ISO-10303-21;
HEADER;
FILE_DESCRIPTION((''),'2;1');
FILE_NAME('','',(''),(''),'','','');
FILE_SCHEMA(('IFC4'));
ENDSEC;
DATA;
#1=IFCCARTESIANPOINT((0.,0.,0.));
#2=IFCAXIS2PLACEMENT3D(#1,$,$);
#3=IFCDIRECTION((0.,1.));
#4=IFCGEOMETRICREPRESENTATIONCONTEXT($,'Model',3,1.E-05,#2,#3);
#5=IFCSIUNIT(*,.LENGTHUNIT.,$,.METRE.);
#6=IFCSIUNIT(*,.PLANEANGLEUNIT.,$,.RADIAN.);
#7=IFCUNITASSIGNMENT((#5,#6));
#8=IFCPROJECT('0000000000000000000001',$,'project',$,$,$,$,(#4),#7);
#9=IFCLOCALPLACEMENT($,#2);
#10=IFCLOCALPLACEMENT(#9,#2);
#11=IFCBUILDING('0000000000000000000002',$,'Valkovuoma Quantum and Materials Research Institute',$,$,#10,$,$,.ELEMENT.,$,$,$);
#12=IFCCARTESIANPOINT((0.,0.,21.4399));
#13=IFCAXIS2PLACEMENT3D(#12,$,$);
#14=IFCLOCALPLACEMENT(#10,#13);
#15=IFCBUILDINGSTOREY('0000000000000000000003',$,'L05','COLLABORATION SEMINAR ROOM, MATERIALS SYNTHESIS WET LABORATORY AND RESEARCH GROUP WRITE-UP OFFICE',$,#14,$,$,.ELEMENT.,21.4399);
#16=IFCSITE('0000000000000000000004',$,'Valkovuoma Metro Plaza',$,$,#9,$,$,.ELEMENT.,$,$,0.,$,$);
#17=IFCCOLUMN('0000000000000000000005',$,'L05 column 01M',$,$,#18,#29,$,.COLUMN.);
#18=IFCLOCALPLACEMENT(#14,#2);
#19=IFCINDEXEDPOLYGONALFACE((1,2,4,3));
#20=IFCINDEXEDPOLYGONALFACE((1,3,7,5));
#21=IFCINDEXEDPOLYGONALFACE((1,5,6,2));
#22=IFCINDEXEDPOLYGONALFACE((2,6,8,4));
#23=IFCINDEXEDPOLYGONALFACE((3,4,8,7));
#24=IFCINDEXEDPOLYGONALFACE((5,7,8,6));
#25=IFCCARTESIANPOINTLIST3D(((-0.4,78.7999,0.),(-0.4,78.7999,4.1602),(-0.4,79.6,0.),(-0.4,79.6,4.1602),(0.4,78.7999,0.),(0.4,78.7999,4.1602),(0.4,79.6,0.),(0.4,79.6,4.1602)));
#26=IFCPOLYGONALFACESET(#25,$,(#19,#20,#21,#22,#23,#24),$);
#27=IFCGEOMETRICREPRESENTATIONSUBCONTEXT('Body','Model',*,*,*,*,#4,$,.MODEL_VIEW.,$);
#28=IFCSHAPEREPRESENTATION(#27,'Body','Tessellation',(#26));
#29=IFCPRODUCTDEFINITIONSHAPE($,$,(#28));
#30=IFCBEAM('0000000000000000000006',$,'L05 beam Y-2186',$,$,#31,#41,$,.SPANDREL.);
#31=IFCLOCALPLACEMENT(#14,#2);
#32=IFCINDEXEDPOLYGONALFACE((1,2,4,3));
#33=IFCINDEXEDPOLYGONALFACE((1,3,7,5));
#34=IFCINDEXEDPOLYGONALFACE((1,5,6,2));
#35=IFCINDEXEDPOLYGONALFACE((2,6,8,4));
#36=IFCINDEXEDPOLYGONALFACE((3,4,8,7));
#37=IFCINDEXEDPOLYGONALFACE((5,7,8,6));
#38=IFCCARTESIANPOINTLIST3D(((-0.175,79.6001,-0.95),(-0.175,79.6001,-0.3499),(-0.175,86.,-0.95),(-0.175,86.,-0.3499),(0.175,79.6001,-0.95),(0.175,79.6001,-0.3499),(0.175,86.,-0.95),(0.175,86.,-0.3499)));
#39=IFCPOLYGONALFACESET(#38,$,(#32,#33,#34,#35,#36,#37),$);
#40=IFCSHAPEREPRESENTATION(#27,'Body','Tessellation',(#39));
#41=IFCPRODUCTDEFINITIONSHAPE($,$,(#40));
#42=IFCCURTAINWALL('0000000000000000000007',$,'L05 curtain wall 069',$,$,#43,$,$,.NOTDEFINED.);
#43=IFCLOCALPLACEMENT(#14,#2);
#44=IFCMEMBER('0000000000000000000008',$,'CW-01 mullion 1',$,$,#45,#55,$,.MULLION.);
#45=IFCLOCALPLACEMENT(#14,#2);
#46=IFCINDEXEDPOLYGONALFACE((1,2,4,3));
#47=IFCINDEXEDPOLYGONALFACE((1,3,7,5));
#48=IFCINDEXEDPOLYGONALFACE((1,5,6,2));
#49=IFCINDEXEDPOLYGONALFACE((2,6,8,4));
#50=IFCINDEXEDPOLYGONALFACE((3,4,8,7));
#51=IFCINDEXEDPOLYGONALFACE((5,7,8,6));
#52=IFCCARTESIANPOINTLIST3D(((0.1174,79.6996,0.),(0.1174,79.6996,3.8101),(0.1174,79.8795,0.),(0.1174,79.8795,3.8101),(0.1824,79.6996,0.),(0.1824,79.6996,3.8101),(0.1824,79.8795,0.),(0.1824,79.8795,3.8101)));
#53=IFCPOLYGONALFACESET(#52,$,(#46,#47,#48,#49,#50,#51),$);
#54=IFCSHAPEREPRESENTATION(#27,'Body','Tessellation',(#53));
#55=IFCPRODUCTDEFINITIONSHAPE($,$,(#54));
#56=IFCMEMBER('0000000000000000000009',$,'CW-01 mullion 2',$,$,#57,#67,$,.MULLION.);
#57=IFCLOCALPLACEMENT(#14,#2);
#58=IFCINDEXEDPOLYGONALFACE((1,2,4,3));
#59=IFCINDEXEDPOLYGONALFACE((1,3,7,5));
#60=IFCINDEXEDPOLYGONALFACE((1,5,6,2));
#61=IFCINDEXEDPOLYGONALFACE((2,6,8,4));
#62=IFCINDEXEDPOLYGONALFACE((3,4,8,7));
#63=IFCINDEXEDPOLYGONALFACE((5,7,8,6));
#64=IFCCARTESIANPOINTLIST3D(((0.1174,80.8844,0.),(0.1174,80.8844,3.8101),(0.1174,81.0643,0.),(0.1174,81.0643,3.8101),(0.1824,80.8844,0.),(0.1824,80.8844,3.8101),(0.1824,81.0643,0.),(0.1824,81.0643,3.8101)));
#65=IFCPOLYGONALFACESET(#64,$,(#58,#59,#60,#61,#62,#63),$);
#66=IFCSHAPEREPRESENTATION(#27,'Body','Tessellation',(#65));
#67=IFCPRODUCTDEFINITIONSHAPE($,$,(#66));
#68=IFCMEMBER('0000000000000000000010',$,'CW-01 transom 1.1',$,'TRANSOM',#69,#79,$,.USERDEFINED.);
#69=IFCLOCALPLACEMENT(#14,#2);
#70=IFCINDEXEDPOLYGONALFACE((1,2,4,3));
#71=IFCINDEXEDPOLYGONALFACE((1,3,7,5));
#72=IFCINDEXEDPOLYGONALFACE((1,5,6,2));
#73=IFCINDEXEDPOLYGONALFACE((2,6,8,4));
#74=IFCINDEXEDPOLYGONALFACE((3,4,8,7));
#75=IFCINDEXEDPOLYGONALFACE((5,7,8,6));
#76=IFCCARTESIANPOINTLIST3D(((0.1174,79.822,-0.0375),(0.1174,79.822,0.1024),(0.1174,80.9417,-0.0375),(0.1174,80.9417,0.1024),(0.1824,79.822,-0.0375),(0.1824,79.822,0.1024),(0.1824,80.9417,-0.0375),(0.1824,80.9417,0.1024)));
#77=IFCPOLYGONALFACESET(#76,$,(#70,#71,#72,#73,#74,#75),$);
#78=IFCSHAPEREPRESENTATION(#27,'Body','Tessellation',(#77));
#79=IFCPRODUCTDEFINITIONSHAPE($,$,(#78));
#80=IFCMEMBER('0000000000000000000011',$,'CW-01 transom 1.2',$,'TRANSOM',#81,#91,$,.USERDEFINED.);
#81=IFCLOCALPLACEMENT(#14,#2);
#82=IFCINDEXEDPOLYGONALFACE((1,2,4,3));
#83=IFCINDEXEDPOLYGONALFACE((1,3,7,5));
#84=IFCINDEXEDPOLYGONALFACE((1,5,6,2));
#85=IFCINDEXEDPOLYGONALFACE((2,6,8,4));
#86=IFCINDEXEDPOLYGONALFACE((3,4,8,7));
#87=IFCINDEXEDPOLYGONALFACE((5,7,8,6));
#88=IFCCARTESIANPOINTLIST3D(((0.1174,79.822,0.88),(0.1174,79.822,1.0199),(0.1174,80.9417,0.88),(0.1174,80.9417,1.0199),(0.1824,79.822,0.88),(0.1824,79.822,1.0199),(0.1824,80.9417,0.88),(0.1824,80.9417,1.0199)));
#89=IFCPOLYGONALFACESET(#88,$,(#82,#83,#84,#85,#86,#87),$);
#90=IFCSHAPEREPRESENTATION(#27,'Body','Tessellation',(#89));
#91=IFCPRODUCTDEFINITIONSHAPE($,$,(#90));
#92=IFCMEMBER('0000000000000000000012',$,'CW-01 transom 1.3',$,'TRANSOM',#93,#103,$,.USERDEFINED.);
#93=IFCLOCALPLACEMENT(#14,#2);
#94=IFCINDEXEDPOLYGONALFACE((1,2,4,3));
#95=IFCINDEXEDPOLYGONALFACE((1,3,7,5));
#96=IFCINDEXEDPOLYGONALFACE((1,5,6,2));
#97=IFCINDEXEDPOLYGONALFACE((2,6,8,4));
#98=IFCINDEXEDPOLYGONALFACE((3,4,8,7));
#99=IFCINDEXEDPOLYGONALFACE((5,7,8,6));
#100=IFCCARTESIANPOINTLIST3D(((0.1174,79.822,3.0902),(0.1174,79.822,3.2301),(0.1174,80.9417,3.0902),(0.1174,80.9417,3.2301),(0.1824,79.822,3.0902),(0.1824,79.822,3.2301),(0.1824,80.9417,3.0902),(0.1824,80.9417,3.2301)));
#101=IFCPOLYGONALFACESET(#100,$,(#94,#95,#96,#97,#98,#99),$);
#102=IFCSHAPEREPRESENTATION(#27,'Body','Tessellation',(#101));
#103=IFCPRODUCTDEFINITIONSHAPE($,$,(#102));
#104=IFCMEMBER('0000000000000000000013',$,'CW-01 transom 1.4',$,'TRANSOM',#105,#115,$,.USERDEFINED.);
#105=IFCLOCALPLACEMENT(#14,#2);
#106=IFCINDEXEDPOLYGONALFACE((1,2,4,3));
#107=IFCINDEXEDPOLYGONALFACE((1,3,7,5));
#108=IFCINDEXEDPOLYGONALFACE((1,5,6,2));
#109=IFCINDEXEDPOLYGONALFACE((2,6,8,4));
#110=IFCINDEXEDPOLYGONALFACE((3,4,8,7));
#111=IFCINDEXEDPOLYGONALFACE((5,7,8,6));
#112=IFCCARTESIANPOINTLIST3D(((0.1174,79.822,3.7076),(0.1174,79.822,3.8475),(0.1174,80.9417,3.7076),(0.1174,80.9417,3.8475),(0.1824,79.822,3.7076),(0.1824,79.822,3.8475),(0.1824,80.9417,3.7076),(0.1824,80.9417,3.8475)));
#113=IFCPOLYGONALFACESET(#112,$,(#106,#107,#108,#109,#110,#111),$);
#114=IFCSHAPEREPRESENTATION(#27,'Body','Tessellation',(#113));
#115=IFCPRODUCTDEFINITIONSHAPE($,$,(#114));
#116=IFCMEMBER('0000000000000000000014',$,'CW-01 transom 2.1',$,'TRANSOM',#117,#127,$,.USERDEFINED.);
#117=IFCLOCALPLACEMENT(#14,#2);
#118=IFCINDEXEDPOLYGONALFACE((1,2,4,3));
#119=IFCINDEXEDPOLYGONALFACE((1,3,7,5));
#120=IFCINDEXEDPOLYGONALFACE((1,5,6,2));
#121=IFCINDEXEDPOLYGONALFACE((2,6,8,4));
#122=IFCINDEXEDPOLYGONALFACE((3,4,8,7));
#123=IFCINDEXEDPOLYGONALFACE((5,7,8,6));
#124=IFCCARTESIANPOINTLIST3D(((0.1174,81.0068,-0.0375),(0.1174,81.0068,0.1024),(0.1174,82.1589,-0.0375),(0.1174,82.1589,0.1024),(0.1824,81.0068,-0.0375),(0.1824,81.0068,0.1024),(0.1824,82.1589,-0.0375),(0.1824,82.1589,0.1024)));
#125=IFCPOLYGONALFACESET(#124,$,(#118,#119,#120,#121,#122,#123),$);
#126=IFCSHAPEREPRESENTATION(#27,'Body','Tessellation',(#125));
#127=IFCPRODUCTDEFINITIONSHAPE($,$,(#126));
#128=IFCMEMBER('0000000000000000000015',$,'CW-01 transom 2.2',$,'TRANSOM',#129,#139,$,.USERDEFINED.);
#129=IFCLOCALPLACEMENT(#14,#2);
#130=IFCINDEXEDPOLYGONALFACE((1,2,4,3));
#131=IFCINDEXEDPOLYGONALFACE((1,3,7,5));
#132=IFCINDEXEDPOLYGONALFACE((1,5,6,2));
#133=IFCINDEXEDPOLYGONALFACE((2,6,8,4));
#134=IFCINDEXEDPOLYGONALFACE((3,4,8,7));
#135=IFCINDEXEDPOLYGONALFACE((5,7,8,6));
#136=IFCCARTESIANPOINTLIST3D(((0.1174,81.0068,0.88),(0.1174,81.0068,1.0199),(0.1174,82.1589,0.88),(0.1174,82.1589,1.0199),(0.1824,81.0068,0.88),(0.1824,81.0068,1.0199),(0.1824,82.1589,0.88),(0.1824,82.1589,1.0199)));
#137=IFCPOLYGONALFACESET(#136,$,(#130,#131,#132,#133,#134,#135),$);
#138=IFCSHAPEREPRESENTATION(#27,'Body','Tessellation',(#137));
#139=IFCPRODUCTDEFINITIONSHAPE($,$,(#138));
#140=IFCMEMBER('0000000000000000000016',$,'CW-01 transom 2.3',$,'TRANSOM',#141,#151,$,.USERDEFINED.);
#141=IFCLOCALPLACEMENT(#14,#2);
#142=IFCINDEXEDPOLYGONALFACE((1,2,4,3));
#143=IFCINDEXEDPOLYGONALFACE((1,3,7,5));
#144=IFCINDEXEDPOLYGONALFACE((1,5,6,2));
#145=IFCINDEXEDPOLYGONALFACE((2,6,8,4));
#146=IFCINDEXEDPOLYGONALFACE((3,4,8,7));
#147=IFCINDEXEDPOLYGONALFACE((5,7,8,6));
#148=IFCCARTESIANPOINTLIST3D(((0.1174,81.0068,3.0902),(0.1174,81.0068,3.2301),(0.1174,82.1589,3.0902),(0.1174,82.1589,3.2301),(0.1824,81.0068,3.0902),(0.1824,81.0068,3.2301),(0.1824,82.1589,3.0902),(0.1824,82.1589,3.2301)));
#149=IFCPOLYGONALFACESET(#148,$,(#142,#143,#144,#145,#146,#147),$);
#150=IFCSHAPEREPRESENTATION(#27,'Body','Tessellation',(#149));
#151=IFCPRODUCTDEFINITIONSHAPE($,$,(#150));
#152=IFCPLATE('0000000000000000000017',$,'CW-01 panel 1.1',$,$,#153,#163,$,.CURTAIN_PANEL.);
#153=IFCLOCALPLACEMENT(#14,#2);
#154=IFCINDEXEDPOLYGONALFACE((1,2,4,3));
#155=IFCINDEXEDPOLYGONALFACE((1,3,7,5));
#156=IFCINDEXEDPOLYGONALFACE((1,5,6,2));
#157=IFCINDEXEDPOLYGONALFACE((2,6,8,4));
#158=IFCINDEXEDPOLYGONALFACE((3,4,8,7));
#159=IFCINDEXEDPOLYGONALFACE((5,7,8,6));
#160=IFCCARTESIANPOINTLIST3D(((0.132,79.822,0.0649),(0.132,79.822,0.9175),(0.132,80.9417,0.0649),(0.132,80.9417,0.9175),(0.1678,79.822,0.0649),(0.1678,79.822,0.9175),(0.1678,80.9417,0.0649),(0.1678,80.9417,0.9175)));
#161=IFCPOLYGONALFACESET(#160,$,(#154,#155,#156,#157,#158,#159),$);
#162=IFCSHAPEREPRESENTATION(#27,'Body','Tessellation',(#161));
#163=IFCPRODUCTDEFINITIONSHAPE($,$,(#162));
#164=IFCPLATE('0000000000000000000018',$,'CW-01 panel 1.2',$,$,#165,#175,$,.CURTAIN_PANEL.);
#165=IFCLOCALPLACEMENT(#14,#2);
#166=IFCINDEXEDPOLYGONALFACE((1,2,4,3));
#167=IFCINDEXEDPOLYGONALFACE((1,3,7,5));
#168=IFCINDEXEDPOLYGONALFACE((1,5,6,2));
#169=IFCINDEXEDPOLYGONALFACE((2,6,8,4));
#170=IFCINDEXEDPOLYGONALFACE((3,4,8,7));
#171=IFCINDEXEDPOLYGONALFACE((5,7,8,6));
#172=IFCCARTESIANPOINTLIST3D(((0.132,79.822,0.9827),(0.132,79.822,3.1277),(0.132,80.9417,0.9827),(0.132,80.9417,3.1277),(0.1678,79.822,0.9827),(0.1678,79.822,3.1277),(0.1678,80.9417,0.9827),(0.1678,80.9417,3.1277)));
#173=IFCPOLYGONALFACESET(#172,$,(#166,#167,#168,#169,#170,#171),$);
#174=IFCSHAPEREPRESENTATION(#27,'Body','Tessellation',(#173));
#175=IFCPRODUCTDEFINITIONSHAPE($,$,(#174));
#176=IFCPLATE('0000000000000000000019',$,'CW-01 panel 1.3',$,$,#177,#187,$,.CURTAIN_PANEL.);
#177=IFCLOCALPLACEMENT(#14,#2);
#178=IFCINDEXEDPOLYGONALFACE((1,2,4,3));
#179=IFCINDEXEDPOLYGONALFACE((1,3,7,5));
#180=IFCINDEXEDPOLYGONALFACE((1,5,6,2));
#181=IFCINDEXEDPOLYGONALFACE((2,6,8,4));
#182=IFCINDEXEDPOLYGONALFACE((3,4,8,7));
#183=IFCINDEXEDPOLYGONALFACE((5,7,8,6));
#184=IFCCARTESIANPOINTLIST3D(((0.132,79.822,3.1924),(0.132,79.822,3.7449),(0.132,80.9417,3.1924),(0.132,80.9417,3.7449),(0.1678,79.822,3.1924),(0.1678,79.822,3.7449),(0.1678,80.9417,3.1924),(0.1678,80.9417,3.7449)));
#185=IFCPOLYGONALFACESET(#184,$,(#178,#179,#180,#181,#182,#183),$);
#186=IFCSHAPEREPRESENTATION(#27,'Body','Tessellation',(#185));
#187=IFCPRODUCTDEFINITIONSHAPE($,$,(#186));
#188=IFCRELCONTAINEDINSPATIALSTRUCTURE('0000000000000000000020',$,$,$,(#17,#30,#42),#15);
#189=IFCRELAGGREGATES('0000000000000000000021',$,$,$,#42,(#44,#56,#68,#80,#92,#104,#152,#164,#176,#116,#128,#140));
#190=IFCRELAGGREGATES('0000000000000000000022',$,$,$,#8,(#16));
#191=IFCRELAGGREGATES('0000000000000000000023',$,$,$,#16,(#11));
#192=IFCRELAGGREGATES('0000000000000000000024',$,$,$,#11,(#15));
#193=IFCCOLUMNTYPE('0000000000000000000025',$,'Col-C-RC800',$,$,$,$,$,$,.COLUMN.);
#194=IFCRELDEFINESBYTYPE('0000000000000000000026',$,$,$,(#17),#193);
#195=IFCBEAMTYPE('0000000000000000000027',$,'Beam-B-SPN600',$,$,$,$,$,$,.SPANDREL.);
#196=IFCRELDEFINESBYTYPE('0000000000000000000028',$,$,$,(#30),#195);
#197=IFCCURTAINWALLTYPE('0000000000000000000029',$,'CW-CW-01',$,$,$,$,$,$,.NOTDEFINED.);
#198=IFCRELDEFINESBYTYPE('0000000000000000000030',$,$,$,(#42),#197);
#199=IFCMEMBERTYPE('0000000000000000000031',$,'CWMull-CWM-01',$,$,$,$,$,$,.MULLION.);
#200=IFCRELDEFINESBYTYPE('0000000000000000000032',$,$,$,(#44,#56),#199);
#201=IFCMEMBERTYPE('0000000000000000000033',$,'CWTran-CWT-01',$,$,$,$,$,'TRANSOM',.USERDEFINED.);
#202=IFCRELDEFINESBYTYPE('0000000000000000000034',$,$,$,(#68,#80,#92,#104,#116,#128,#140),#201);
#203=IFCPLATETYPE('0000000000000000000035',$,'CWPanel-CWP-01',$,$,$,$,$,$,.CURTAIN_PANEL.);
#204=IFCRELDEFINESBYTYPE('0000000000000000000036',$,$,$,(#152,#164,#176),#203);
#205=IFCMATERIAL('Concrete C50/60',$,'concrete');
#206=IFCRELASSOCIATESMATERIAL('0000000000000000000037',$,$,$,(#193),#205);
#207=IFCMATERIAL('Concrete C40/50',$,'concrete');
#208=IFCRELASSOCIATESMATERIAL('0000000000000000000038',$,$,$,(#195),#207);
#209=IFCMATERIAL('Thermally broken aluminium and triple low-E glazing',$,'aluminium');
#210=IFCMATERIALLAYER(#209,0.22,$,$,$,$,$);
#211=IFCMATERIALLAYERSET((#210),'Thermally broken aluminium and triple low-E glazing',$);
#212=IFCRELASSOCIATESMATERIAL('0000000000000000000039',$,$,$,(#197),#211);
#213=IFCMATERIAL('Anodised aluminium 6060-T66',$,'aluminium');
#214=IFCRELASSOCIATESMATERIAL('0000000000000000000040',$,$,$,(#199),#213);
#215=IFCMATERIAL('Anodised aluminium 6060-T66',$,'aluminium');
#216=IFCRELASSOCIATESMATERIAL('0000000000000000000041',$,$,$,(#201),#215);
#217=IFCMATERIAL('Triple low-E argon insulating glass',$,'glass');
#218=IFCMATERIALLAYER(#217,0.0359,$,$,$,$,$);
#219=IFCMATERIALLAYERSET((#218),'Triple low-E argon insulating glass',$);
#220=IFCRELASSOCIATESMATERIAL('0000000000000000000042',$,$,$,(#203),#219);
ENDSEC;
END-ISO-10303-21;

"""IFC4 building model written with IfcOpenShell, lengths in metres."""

from ifc_helpers import new_model, si_unit, direction, frame, origin, origin_2d, place, context, subcontext, project, spatial, rectangle, extrude, material, layer, layer_set, material_profile, profile_set, type_object, element, aggregate, save


model = new_model("IFC4")

# Units and contexts
model_context = context("Model", 3, precision=1e-05, world=origin(), true_north=direction((0.0, 1.0)))
body_context = subcontext(model_context, "Body", "Model", "MODEL_VIEW")
ifc_project = project(units=[si_unit("LENGTHUNIT", "METRE"), si_unit("PLANEANGLEUNIT", "RADIAN")], contexts=[model_context])

# Site, building, storey
site_placement = place(None, origin())
site = spatial("IfcSite", under=ifc_project, at=site_placement, Name="Valkovuoma Metro Plaza", CompositionType="ELEMENT", RefElevation=0.0)
building_placement = place(site_placement, origin())
building = spatial("IfcBuilding", under=site, at=building_placement, Name="Valkovuoma Quantum and Materials Research Institute", CompositionType="ELEMENT")
storey_placement = place(building_placement, frame((0.0, 0.0, 21.4399)))
storey = spatial("IfcBuildingStorey", under=building, at=storey_placement, Name="L05", Description="COLLABORATION SEMINAR ROOM, MATERIALS SYNTHESIS WET LABORATORY AND RESEARCH GROUP WRITE-UP OFFICE", CompositionType="ELEMENT", Elevation=21.4399)

# Column
ifc_material_1 = material(Name="Concrete C50/60", Category="concrete")
ifc_material_profile_1 = material_profile(ifc_material_1, rectangle(XDim=0.8, YDim=0.8, at=origin_2d()), Name="Concrete C50/60")
ifc_profile_set_1 = profile_set([ifc_material_profile_1], Name="Concrete C50/60")
column_type = type_object("IfcColumnType", Name="Col-C-RC800", PredefinedType="COLUMN", material=ifc_profile_set_1)
column_placement = place(storey_placement, frame((0.0, 79.2, 0.0), z_axis=(0.0, 0.0, 1.0), x_axis=(1.0, 0.0, 0.0)))
element("IfcColumn", 1, at=column_placement, inside=storey, type_object=column_type, Name="L05 column 01M", PredefinedType="COLUMN", context=body_context, shape_type="SweptSolid", body=[
    extrude(rectangle(XDim=0.8, YDim=0.8, at=origin_2d()), origin(), (0.0, 0.0, 1.0), 4.1602),
])

# Beam
ifc_material_2 = material(Name="Concrete C40/50", Category="concrete")
ifc_material_profile_2 = material_profile(ifc_material_2, rectangle(XDim=0.3501, YDim=0.6001, at=origin_2d()), Name="Concrete C40/50")
ifc_profile_set_2 = profile_set([ifc_material_profile_2], Name="Concrete C40/50")
beam_type = type_object("IfcBeamType", Name="Beam-B-SPN600", PredefinedType="SPANDREL", material=ifc_profile_set_2)
beam_placement = place(storey_placement, frame((0.0, 79.6001, -0.6499), z_axis=(0.0, 1.0, 0.0), x_axis=(-1.0, 0.0, 0.0)))
element("IfcBeam", 2, at=beam_placement, inside=storey, type_object=beam_type, Name="L05 beam Y-2186", PredefinedType="SPANDREL", context=body_context, shape_type="SweptSolid", body=[
    extrude(rectangle(XDim=0.3501, YDim=0.6001, at=origin_2d()), origin(), (0.0, 0.0, 1.0), 6.3999),
])

# Curtain wall, members, plates
ifc_material_3 = material(Name="Thermally broken aluminium and triple low-E glazing", Category="aluminium")
ifc_layer_1 = layer(ifc_material_3, 0.22)
ifc_layer_set_1 = layer_set([ifc_layer_1], Name="Thermally broken aluminium and triple low-E glazing")
curtain_wall_type = type_object("IfcCurtainWallType", Name="CW-CW-01", PredefinedType="NOTDEFINED", material=ifc_layer_set_1)
curtain_wall_placement = place(storey_placement, origin())
curtain_wall = element("IfcCurtainWall", 3, at=curtain_wall_placement, inside=storey, type_object=curtain_wall_type, Name="L05 curtain wall 069", PredefinedType="NOTDEFINED")
ifc_material_4 = material(Name="Anodised aluminium 6060-T66", Category="aluminium")
ifc_material_profile_3 = material_profile(ifc_material_4, rectangle(XDim=0.0649, YDim=0.1799, at=origin_2d()), Name="Anodised aluminium 6060-T66")
ifc_profile_set_3 = profile_set([ifc_material_profile_3], Name="Anodised aluminium 6060-T66")
member_type_1 = type_object("IfcMemberType", Name="CWMull-CWM-01", PredefinedType="MULLION", material=ifc_profile_set_3)
member_1_placement = place(storey_placement, frame((0.1499, 79.7896, 0.0), z_axis=(0.0, 0.0, 1.0), x_axis=(-1.0, 0.0, 0.0)))
member_1 = element("IfcMember", 4, at=member_1_placement, type_object=member_type_1, Name="CW-01 mullion 1", PredefinedType="MULLION", context=body_context, shape_type="SweptSolid", body=[
    extrude(rectangle(XDim=0.0649, YDim=0.1799, at=origin_2d()), origin(), (0.0, 0.0, 1.0), 3.8101),
])
member_2_placement = place(storey_placement, frame((0.1499, 80.9744, 0.0), z_axis=(0.0, 0.0, 1.0), x_axis=(-1.0, 0.0, 0.0)))
member_2 = element("IfcMember", 5, at=member_2_placement, type_object=member_type_1, Name="CW-01 mullion 2", PredefinedType="MULLION", context=body_context, shape_type="SweptSolid", body=[
    extrude(rectangle(XDim=0.0649, YDim=0.1799, at=origin_2d()), origin(), (0.0, 0.0, 1.0), 3.8101),
])
ifc_material_5 = material(Name="Anodised aluminium 6060-T66", Category="aluminium")
ifc_material_profile_4 = material_profile(ifc_material_5, rectangle(XDim=0.0649, YDim=0.1399, at=origin_2d()), Name="Anodised aluminium 6060-T66")
ifc_profile_set_4 = profile_set([ifc_material_profile_4], Name="Anodised aluminium 6060-T66")
member_type_2 = type_object("IfcMemberType", Name="CWTran-CWT-01", ElementType="TRANSOM", PredefinedType="USERDEFINED", material=ifc_profile_set_4)
member_3_placement = place(storey_placement, frame((0.1499, 79.822, 0.0325), z_axis=(0.0, 1.0, 0.0), x_axis=(-1.0, 0.0, 0.0)))
member_3 = element("IfcMember", 6, at=member_3_placement, type_object=member_type_2, Name="CW-01 transom 1.1", ObjectType="TRANSOM", PredefinedType="USERDEFINED", context=body_context, shape_type="SweptSolid", body=[
    extrude(rectangle(XDim=0.0649, YDim=0.1399, at=origin_2d()), origin(), (0.0, 0.0, 1.0), 1.1196),
])
member_4_placement = place(storey_placement, frame((0.1499, 79.822, 0.95), z_axis=(0.0, 1.0, 0.0), x_axis=(-1.0, 0.0, 0.0)))
member_4 = element("IfcMember", 7, at=member_4_placement, type_object=member_type_2, Name="CW-01 transom 1.2", ObjectType="TRANSOM", PredefinedType="USERDEFINED", context=body_context, shape_type="SweptSolid", body=[
    extrude(rectangle(XDim=0.0649, YDim=0.1399, at=origin_2d()), origin(), (0.0, 0.0, 1.0), 1.1196),
])
member_5_placement = place(storey_placement, frame((0.1499, 79.822, 3.1602), z_axis=(0.0, 1.0, 0.0), x_axis=(-1.0, 0.0, 0.0)))
member_5 = element("IfcMember", 8, at=member_5_placement, type_object=member_type_2, Name="CW-01 transom 1.3", ObjectType="TRANSOM", PredefinedType="USERDEFINED", context=body_context, shape_type="SweptSolid", body=[
    extrude(rectangle(XDim=0.0649, YDim=0.1399, at=origin_2d()), origin(), (0.0, 0.0, 1.0), 1.1196),
])
member_6_placement = place(storey_placement, frame((0.1499, 79.822, 3.7776), z_axis=(0.0, 1.0, 0.0), x_axis=(-1.0, 0.0, 0.0)))
member_6 = element("IfcMember", 9, at=member_6_placement, type_object=member_type_2, Name="CW-01 transom 1.4", ObjectType="TRANSOM", PredefinedType="USERDEFINED", context=body_context, shape_type="SweptSolid", body=[
    extrude(rectangle(XDim=0.0649, YDim=0.1399, at=origin_2d()), origin(), (0.0, 0.0, 1.0), 1.1196),
])
member_7_placement = place(storey_placement, frame((0.1499, 81.0068, 0.0325), z_axis=(0.0, 1.0, 0.0), x_axis=(-1.0, 0.0, 0.0)))
member_7 = element("IfcMember", 10, at=member_7_placement, type_object=member_type_2, Name="CW-01 transom 2.1", ObjectType="TRANSOM", PredefinedType="USERDEFINED", context=body_context, shape_type="SweptSolid", body=[
    extrude(rectangle(XDim=0.0649, YDim=0.1399, at=origin_2d()), origin(), (0.0, 0.0, 1.0), 1.1521),
])
member_8_placement = place(storey_placement, frame((0.1499, 81.0068, 0.95), z_axis=(0.0, 1.0, 0.0), x_axis=(-1.0, 0.0, 0.0)))
member_8 = element("IfcMember", 11, at=member_8_placement, type_object=member_type_2, Name="CW-01 transom 2.2", ObjectType="TRANSOM", PredefinedType="USERDEFINED", context=body_context, shape_type="SweptSolid", body=[
    extrude(rectangle(XDim=0.0649, YDim=0.1399, at=origin_2d()), origin(), (0.0, 0.0, 1.0), 1.1521),
])
member_9_placement = place(storey_placement, frame((0.1499, 81.0068, 3.1602), z_axis=(0.0, 1.0, 0.0), x_axis=(-1.0, 0.0, 0.0)))
member_9 = element("IfcMember", 12, at=member_9_placement, type_object=member_type_2, Name="CW-01 transom 2.3", ObjectType="TRANSOM", PredefinedType="USERDEFINED", context=body_context, shape_type="SweptSolid", body=[
    extrude(rectangle(XDim=0.0649, YDim=0.1399, at=origin_2d()), origin(), (0.0, 0.0, 1.0), 1.1521),
])
ifc_material_6 = material(Name="Triple low-E argon insulating glass", Category="glass")
ifc_layer_2 = layer(ifc_material_6, 0.0359)
ifc_layer_set_2 = layer_set([ifc_layer_2], Name="Triple low-E argon insulating glass")
plate_type = type_object("IfcPlateType", Name="CWPanel-CWP-01", PredefinedType="CURTAIN_PANEL", material=ifc_layer_set_2)
plate_1_placement = place(storey_placement, frame((0.1499, 80.3818, 0.0649), z_axis=(0.0, 0.0, 1.0), x_axis=(0.0, 1.0, 0.0)))
plate_1 = element("IfcPlate", 13, at=plate_1_placement, type_object=plate_type, Name="CW-01 panel 1.1", PredefinedType="CURTAIN_PANEL", context=body_context, shape_type="SweptSolid", body=[
    extrude(rectangle(XDim=1.1196, YDim=0.0359, at=origin_2d()), origin(), (0.0, 0.0, 1.0), 0.8525),
])
plate_2_placement = place(storey_placement, frame((0.1499, 80.3818, 0.9827), z_axis=(0.0, 0.0, 1.0), x_axis=(0.0, 1.0, 0.0)))
plate_2 = element("IfcPlate", 14, at=plate_2_placement, type_object=plate_type, Name="CW-01 panel 1.2", PredefinedType="CURTAIN_PANEL", context=body_context, shape_type="SweptSolid", body=[
    extrude(rectangle(XDim=1.1196, YDim=0.0359, at=origin_2d()), origin(), (0.0, 0.0, 1.0), 2.145),
])
plate_3_placement = place(storey_placement, frame((0.1499, 80.3818, 3.1924), z_axis=(0.0, 0.0, 1.0), x_axis=(0.0, 1.0, 0.0)))
plate_3 = element("IfcPlate", 15, at=plate_3_placement, type_object=plate_type, Name="CW-01 panel 1.3", PredefinedType="CURTAIN_PANEL", context=body_context, shape_type="SweptSolid", body=[
    extrude(rectangle(XDim=1.1196, YDim=0.0359, at=origin_2d()), origin(), (0.0, 0.0, 1.0), 0.5525),
])
aggregate(curtain_wall, [member_1, member_2, member_3, member_4, member_5, member_6, plate_1, plate_2, plate_3, member_7, member_8, member_9])

save(model, "model.ifc")
